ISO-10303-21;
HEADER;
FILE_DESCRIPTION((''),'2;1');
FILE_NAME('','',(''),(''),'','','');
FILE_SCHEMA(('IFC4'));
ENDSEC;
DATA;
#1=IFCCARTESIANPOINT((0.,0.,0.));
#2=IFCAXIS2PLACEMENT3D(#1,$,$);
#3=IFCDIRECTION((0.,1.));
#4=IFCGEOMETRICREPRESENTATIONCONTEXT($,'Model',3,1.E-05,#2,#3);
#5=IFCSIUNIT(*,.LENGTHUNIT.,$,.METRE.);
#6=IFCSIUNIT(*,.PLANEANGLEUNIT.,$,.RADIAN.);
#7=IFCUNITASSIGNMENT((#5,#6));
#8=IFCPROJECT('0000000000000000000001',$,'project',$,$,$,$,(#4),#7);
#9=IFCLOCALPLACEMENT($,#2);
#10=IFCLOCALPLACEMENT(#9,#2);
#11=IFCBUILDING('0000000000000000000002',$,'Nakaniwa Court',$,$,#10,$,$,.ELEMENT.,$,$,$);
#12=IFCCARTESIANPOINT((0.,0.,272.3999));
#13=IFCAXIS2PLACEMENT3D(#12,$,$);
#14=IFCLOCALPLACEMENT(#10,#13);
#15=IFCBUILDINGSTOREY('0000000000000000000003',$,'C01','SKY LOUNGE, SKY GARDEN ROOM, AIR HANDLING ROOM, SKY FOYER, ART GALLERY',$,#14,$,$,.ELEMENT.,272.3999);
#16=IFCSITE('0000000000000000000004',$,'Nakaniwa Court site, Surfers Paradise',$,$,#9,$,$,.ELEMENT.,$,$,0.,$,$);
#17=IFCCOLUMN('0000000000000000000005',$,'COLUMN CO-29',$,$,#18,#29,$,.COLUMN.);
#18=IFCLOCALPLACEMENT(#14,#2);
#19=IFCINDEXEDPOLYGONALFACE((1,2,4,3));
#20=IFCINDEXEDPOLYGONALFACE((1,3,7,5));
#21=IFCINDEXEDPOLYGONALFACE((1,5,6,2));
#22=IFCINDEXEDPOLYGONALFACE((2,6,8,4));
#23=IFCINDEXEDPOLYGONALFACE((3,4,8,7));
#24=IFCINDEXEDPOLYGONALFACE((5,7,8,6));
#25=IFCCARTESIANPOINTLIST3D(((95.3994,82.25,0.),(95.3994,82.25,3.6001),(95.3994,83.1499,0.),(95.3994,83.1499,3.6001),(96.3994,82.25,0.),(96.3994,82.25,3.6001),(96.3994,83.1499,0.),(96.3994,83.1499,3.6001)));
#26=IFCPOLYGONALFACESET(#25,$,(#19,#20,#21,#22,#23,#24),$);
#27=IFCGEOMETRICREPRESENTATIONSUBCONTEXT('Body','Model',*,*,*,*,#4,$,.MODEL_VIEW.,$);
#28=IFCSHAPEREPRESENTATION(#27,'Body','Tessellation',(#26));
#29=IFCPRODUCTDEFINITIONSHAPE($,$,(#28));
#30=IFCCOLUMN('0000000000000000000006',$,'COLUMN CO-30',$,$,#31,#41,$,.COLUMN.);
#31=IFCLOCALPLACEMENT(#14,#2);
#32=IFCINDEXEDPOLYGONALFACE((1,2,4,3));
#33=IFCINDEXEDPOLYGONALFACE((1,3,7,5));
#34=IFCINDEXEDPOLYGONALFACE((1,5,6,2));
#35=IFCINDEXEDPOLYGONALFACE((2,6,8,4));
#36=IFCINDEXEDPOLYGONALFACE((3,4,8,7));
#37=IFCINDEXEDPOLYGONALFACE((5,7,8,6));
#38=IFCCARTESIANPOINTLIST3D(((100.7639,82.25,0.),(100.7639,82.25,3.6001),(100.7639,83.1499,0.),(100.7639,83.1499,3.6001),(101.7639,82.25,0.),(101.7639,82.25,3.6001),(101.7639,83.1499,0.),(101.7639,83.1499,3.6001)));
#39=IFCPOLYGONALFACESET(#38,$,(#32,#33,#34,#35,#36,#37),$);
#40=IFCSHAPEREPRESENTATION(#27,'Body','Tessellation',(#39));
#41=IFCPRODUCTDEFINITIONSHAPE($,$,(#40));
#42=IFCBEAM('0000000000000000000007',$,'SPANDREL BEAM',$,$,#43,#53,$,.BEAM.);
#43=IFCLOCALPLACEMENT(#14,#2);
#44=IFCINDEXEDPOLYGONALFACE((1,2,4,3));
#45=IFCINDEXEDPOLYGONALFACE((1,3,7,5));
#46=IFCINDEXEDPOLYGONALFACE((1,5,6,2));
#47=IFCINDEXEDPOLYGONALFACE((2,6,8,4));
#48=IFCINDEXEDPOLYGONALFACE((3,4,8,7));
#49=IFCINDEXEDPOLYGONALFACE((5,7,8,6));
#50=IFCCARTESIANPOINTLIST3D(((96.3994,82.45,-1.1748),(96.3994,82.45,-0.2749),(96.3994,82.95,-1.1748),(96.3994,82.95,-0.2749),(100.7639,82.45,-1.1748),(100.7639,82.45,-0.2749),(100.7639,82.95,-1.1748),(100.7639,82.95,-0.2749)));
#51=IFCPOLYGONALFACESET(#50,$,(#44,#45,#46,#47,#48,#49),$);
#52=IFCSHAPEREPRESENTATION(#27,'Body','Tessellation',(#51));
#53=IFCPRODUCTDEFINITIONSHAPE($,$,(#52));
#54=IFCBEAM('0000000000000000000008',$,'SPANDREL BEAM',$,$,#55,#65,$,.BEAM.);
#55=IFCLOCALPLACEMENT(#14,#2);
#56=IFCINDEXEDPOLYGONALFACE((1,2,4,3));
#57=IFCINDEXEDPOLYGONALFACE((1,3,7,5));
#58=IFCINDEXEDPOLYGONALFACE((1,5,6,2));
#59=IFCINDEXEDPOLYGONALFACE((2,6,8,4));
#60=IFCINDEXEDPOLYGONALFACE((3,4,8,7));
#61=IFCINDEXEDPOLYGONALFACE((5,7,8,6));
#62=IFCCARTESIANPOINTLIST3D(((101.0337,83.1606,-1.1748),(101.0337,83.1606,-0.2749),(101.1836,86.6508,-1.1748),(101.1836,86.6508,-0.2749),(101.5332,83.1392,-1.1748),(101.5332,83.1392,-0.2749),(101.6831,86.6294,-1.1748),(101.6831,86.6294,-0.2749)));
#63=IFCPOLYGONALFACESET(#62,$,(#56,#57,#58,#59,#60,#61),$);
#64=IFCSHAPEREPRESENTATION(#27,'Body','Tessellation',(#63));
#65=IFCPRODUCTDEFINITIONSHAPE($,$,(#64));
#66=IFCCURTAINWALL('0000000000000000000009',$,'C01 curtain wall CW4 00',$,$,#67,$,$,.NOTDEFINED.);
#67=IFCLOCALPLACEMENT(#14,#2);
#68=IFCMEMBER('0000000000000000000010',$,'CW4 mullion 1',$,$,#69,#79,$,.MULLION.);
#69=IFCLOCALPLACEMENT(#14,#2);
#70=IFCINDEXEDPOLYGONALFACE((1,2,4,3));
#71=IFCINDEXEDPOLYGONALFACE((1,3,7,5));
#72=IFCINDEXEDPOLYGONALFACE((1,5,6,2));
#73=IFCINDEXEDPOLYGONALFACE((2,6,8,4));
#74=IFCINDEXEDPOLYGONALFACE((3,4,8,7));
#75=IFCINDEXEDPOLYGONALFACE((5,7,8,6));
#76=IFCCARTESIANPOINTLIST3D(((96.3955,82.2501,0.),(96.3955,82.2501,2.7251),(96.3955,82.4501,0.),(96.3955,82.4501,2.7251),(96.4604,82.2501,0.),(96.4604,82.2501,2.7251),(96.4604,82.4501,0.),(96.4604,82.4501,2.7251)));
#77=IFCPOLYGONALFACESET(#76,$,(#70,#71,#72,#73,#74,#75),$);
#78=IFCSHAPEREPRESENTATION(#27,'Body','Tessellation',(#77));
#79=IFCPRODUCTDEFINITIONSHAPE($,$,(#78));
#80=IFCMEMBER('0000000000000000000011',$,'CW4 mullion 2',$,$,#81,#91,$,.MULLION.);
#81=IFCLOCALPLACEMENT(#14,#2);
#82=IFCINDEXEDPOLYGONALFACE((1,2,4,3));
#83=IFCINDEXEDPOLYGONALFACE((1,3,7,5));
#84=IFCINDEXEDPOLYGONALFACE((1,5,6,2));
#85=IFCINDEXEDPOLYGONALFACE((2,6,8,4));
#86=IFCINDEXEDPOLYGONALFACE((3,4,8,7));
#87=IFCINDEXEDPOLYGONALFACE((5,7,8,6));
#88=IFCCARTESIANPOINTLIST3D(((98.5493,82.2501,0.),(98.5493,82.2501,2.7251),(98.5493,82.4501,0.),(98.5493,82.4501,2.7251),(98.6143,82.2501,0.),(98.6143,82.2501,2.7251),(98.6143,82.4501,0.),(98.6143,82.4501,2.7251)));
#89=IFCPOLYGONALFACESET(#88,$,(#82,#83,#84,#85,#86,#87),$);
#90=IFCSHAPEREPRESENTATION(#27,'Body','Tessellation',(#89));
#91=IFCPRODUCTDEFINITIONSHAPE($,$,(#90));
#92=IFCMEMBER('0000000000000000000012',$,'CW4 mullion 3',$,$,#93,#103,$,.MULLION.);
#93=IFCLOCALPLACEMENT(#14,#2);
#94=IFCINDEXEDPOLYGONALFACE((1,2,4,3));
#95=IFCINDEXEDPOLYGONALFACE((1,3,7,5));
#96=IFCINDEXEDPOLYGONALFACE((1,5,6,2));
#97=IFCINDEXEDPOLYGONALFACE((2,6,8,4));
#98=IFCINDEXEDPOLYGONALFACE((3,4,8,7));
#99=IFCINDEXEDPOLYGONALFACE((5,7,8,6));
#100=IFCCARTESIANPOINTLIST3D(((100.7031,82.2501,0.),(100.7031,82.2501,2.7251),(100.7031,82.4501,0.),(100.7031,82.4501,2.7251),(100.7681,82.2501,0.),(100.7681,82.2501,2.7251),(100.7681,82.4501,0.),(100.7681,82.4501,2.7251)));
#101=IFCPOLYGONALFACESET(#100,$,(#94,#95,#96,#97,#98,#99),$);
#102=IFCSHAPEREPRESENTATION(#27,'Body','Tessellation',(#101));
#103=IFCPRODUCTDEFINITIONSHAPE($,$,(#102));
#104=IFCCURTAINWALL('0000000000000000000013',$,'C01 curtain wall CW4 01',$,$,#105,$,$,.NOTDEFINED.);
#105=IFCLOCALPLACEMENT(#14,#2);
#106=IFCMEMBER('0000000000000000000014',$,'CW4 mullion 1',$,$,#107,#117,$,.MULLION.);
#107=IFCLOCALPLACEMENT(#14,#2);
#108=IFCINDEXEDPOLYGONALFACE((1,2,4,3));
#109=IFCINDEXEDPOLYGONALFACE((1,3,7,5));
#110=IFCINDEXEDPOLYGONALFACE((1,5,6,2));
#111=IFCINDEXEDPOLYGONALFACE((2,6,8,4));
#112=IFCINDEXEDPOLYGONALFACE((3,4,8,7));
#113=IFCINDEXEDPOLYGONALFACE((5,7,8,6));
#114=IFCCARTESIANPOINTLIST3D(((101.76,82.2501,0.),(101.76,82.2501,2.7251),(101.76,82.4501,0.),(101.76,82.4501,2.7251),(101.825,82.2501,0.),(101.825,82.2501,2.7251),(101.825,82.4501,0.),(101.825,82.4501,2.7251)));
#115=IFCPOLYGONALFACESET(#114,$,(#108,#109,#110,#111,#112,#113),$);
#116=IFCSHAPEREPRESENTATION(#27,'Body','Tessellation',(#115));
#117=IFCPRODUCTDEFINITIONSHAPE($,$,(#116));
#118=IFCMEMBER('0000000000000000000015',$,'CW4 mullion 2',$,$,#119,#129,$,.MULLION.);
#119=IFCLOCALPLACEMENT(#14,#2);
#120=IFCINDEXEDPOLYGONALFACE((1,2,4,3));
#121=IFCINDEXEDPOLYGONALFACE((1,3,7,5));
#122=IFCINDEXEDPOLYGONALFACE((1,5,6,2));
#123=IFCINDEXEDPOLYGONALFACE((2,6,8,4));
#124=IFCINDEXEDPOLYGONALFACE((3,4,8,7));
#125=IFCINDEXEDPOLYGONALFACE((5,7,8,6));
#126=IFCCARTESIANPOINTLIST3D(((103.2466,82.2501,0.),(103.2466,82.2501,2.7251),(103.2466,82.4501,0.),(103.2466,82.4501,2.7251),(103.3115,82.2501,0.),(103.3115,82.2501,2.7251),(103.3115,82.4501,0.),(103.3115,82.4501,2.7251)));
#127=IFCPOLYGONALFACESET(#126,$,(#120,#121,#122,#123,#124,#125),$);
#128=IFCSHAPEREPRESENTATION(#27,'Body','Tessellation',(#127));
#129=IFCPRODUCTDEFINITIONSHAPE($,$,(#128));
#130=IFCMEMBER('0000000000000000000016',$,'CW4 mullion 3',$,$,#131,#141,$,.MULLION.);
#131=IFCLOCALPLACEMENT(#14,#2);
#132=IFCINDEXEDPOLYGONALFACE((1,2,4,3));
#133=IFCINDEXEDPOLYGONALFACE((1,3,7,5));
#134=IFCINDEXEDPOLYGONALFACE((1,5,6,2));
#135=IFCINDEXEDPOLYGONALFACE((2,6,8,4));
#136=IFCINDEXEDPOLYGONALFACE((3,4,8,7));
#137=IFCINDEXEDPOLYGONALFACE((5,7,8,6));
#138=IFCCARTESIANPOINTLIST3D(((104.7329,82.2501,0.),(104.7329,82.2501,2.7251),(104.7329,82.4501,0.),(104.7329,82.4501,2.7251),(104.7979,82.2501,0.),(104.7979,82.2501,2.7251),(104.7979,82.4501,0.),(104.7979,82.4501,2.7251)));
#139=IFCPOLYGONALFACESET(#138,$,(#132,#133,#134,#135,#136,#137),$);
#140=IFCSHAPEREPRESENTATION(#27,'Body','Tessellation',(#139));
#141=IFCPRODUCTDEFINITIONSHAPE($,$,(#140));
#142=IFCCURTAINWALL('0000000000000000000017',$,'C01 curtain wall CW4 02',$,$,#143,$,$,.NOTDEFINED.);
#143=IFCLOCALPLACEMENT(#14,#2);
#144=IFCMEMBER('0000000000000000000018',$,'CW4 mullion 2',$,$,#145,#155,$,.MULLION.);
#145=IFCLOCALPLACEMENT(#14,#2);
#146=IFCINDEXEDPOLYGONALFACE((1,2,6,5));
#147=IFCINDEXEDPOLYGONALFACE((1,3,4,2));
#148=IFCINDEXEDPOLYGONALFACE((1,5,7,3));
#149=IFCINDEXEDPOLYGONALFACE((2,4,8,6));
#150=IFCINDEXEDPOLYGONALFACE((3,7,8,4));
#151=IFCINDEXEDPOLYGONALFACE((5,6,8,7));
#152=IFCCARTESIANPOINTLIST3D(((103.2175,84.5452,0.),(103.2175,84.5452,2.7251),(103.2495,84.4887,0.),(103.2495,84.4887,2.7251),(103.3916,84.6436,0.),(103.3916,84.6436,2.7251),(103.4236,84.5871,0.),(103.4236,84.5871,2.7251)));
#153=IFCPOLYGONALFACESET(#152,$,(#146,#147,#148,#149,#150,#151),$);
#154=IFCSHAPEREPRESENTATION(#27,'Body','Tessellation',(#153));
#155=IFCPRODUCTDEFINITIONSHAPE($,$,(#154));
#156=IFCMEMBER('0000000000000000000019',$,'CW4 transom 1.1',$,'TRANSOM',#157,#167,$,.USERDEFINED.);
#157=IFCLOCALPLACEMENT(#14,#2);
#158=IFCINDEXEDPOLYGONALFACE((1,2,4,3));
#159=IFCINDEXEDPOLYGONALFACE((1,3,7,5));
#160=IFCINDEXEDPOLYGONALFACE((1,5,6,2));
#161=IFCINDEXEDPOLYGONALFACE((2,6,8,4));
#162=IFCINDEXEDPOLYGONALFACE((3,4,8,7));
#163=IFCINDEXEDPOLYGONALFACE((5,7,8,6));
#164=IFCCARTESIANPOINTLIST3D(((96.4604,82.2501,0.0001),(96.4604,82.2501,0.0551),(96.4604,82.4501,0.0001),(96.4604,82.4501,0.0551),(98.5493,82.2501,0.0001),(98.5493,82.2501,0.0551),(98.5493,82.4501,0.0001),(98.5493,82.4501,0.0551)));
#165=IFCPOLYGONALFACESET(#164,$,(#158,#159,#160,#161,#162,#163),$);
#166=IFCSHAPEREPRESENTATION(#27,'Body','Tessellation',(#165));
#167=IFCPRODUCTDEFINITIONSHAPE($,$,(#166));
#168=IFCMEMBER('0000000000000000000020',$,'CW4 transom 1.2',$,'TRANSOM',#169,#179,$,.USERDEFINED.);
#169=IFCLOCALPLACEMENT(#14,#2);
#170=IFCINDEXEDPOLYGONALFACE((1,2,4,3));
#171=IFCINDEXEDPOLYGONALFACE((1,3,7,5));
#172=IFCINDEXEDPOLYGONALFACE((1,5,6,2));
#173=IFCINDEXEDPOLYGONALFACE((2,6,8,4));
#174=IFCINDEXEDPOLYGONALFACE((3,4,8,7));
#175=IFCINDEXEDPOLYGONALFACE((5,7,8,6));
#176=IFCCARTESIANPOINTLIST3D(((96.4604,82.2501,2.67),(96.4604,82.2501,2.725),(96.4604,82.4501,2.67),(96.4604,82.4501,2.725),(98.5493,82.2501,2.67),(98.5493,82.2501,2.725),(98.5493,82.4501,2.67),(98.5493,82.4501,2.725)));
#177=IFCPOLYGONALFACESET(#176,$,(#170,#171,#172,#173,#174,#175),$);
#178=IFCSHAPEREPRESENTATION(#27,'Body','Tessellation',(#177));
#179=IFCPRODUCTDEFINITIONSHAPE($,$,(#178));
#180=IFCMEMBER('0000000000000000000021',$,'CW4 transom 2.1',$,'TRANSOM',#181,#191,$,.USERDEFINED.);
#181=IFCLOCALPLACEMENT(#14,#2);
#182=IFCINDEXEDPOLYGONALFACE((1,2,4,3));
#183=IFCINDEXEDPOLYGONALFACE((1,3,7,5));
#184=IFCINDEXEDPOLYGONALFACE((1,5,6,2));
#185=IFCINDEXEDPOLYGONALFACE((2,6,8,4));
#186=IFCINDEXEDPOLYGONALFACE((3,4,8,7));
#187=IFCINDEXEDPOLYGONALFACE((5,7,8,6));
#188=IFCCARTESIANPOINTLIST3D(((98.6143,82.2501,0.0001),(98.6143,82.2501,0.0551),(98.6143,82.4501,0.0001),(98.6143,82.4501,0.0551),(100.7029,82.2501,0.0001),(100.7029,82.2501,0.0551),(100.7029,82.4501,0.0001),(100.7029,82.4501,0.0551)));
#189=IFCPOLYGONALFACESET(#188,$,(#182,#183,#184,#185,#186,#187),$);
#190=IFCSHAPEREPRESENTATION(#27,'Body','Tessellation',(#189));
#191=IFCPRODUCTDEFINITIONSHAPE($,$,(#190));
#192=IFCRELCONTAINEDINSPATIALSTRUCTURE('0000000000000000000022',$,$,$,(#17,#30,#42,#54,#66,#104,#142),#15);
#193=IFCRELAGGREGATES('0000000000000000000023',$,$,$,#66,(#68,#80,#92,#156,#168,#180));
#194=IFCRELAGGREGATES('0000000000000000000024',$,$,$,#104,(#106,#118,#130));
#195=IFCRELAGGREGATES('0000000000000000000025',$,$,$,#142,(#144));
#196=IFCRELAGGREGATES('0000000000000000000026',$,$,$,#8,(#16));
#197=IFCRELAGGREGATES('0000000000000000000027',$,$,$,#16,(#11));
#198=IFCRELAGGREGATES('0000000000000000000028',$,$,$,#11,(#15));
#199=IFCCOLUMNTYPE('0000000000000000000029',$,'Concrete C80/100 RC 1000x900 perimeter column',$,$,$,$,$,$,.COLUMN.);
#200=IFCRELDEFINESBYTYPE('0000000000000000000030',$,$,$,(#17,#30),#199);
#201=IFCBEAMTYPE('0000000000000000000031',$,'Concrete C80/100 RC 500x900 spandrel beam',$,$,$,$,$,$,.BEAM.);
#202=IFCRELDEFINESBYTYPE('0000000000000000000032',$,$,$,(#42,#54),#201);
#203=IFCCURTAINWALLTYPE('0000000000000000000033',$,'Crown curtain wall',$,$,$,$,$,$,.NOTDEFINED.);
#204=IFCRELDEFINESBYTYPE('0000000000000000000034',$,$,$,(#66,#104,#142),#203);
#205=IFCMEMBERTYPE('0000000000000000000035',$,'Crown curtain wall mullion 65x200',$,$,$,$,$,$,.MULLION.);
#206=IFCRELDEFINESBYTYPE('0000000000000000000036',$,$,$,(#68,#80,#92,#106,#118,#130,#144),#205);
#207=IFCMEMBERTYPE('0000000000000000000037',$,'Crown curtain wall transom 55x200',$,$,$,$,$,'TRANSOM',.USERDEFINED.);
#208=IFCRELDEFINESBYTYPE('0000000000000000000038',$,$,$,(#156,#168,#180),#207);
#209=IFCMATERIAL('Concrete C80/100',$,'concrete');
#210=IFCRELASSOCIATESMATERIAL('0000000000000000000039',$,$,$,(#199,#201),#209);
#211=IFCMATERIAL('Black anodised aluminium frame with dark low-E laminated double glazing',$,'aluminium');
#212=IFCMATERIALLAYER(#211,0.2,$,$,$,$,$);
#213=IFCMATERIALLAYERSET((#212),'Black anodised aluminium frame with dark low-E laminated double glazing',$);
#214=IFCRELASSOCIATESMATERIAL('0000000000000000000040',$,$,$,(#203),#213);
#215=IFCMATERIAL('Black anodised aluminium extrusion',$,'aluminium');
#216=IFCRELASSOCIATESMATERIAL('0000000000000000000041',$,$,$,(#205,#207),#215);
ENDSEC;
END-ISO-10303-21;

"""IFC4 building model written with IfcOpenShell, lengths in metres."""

from ifc_helpers import new_model, si_unit, direction, frame, origin, origin_2d, place, context, subcontext, project, spatial, rectangle, extrude, material, layer, layer_set, material_profile, profile_set, type_object, element, aggregate, save


model = new_model("IFC4")

# Units and contexts
model_context = context("Model", 3, precision=1e-05, world=origin(), true_north=direction((0.0, 1.0)))
body_context = subcontext(model_context, "Body", "Model", "MODEL_VIEW")
ifc_project = project(units=[si_unit("LENGTHUNIT", "METRE"), si_unit("PLANEANGLEUNIT", "RADIAN")], contexts=[model_context])

# Site, building, storey
site_placement = place(None, origin())
site = spatial("IfcSite", under=ifc_project, at=site_placement, Name="Nakaniwa Court site, Surfers Paradise", CompositionType="ELEMENT", RefElevation=0.0)
building_placement = place(site_placement, origin())
building = spatial("IfcBuilding", under=site, at=building_placement, Name="Nakaniwa Court", CompositionType="ELEMENT")
storey_placement = place(building_placement, frame((0.0, 0.0, 272.3999)))
storey = spatial("IfcBuildingStorey", under=building, at=storey_placement, Name="C01", Description="SKY LOUNGE, SKY GARDEN ROOM, AIR HANDLING ROOM, SKY FOYER, ART GALLERY", CompositionType="ELEMENT", Elevation=272.3999)

# Columns
ifc_material_1 = material(Name="Concrete C80/100", Category="concrete")
ifc_material_profile_1 = material_profile(ifc_material_1, rectangle(XDim=1.0, YDim=0.8999, at=origin_2d()), Name="Concrete C80/100 RC 1000x900 perimeter column")
ifc_profile_set_1 = profile_set([ifc_material_profile_1], Name="Concrete C80/100")
column_type = type_object("IfcColumnType", Name="Concrete C80/100 RC 1000x900 perimeter column", PredefinedType="COLUMN", material=ifc_profile_set_1)
for number, where, z_axis, x_axis, name in (
    (1, (95.8994, 82.7, 0.0), (0.0, 0.0, 1.0), (1.0, 0.0, 0.0), "COLUMN CO-29"),
    (2, (101.2639, 82.7, 0.0), (0.0, 0.0, 1.0), (1.0, 0.0, 0.0), "COLUMN CO-30"),
):
    element("IfcColumn", number, at=place(storey_placement, frame(where, z_axis=z_axis, x_axis=x_axis)), inside=storey, type_object=column_type, Name=name, PredefinedType="COLUMN", context=body_context, shape_type="SweptSolid", body=[
        extrude(rectangle(XDim=1.0, YDim=0.8999, at=origin_2d()), origin(), (0.0, 0.0, 1.0), 3.6001),
    ])

# Beams
ifc_material_profile_2 = material_profile(ifc_material_1, rectangle(XDim=0.5, YDim=0.8999, at=origin_2d()), Name="Concrete C80/100 RC 500x900 spandrel beam")
ifc_profile_set_2 = profile_set([ifc_material_profile_2], Name="Concrete C80/100")
beam_type = type_object("IfcBeamType", Name="Concrete C80/100 RC 500x900 spandrel beam", PredefinedType="BEAM", material=ifc_profile_set_2)
beam_1_placement = place(storey_placement, frame((96.3994, 82.7, -0.7249), z_axis=(1.0, 0.0, 0.0), x_axis=(0.0, 1.0, 0.0)))
element("IfcBeam", 3, at=beam_1_placement, inside=storey, type_object=beam_type, Name="SPANDREL BEAM", PredefinedType="BEAM", context=body_context, shape_type="SweptSolid", body=[
    extrude(rectangle(XDim=0.5, YDim=0.8999, at=origin_2d()), origin(), (0.0, 0.0, 1.0), 4.3645),
])
beam_2_placement = place(storey_placement, frame((101.2834, 83.1499, -0.7249), z_axis=(0.04291, 0.999079, 0.0), x_axis=(-0.999079, 0.04291, 0.0)))
element("IfcBeam", 4, at=beam_2_placement, inside=storey, type_object=beam_type, Name="SPANDREL BEAM", PredefinedType="BEAM", context=body_context, shape_type="SweptSolid", body=[
    extrude(rectangle(XDim=0.5, YDim=0.8999, at=origin_2d()), origin(), (0.0, 0.0, 1.0), 3.4934),
])

# Curtain walls, members
ifc_material_2 = material(Name="Black anodised aluminium frame with dark low-E laminated double glazing", Category="aluminium")
ifc_layer_1 = layer(ifc_material_2, 0.2)
ifc_layer_set_1 = layer_set([ifc_layer_1], Name="Black anodised aluminium frame with dark low-E laminated double glazing")
curtain_wall_type = type_object("IfcCurtainWallType", Name="Crown curtain wall", PredefinedType="NOTDEFINED", material=ifc_layer_set_1)
curtain_wall_1_placement = place(storey_placement, origin())
curtain_wall_1 = element("IfcCurtainWall", 5, at=curtain_wall_1_placement, inside=storey, type_object=curtain_wall_type, Name="C01 curtain wall CW4 00", PredefinedType="NOTDEFINED")
ifc_material_3 = material(Name="Black anodised aluminium extrusion", Category="aluminium")
ifc_material_profile_3 = material_profile(ifc_material_3, rectangle(XDim=0.2, YDim=0.0649, at=origin_2d()), Name="Crown curtain wall mullion 65x200")
ifc_profile_set_3 = profile_set([ifc_material_profile_3], Name="Black anodised aluminium extrusion")
member_type_1 = type_object("IfcMemberType", Name="Crown curtain wall mullion 65x200", PredefinedType="MULLION", material=ifc_profile_set_3)
member_1_placement = place(storey_placement, frame((96.428, 82.3501, 0.0), z_axis=(0.0, 0.0, 1.0), x_axis=(0.0, 1.0, 0.0)))
member_1 = element("IfcMember", 6, at=member_1_placement, type_object=member_type_1, Name="CW4 mullion 1", PredefinedType="MULLION", context=body_context, shape_type="SweptSolid", body=[
    extrude(rectangle(XDim=0.2, YDim=0.0649, at=origin_2d()), origin(), (0.0, 0.0, 1.0), 2.7251),
])
member_2_placement = place(storey_placement, frame((98.5818, 82.3501, 0.0), z_axis=(0.0, 0.0, 1.0), x_axis=(0.0, 1.0, 0.0)))
member_2 = element("IfcMember", 7, at=member_2_placement, type_object=member_type_1, Name="CW4 mullion 2", PredefinedType="MULLION", context=body_context, shape_type="SweptSolid", body=[
    extrude(rectangle(XDim=0.2, YDim=0.0649, at=origin_2d()), origin(), (0.0, 0.0, 1.0), 2.7251),
])
member_3_placement = place(storey_placement, frame((100.7356, 82.3501, 0.0), z_axis=(0.0, 0.0, 1.0), x_axis=(0.0, 1.0, 0.0)))
member_3 = element("IfcMember", 8, at=member_3_placement, type_object=member_type_1, Name="CW4 mullion 3", PredefinedType="MULLION", context=body_context, shape_type="SweptSolid", body=[
    extrude(rectangle(XDim=0.2, YDim=0.0649, at=origin_2d()), origin(), (0.0, 0.0, 1.0), 2.7251),
])
curtain_wall_2_placement = place(storey_placement, origin())
curtain_wall_2 = element("IfcCurtainWall", 9, at=curtain_wall_2_placement, inside=storey, type_object=curtain_wall_type, Name="C01 curtain wall CW4 01", PredefinedType="NOTDEFINED")
member_4_placement = place(storey_placement, frame((101.7925, 82.3501, 0.0), z_axis=(0.0, 0.0, 1.0), x_axis=(0.0, 1.0, 0.0)))
member_4 = element("IfcMember", 10, at=member_4_placement, type_object=member_type_1, Name="CW4 mullion 1", PredefinedType="MULLION", context=body_context, shape_type="SweptSolid", body=[
    extrude(rectangle(XDim=0.2, YDim=0.0649, at=origin_2d()), origin(), (0.0, 0.0, 1.0), 2.7251),
])
member_5_placement = place(storey_placement, frame((103.2791, 82.3501, 0.0), z_axis=(0.0, 0.0, 1.0), x_axis=(0.0, 1.0, 0.0)))
member_5 = element("IfcMember", 11, at=member_5_placement, type_object=member_type_1, Name="CW4 mullion 2", PredefinedType="MULLION", context=body_context, shape_type="SweptSolid", body=[
    extrude(rectangle(XDim=0.2, YDim=0.0649, at=origin_2d()), origin(), (0.0, 0.0, 1.0), 2.7251),
])
member_6_placement = place(storey_placement, frame((104.7654, 82.3501, 0.0), z_axis=(0.0, 0.0, 1.0), x_axis=(0.0, 1.0, 0.0)))
member_6 = element("IfcMember", 12, at=member_6_placement, type_object=member_type_1, Name="CW4 mullion 3", PredefinedType="MULLION", context=body_context, shape_type="SweptSolid", body=[
    extrude(rectangle(XDim=0.2, YDim=0.0649, at=origin_2d()), origin(), (0.0, 0.0, 1.0), 2.7251),
])

# Curtain wall, member
curtain_wall_3_placement = place(storey_placement, origin())
curtain_wall_3 = element("IfcCurtainWall", 13, at=curtain_wall_3_placement, inside=storey, type_object=curtain_wall_type, Name="C01 curtain wall CW4 02", PredefinedType="NOTDEFINED")
member_7_placement = place(storey_placement, frame((103.3206, 84.5662, 0.0), z_axis=(0.0, 0.0, 1.0), x_axis=(-0.870495, -0.492177, 0.0)))
member_7 = element("IfcMember", 14, at=member_7_placement, type_object=member_type_1, Name="CW4 mullion 2", PredefinedType="MULLION", context=body_context, shape_type="SweptSolid", body=[
    extrude(rectangle(XDim=0.2, YDim=0.0649, at=origin_2d()), origin(), (0.0, 0.0, 1.0), 2.7251),
])

# Members
ifc_material_profile_4 = material_profile(ifc_material_3, rectangle(XDim=0.2, YDim=0.0549, at=origin_2d()), Name="Crown curtain wall transom 55x200")
ifc_profile_set_4 = profile_set([ifc_material_profile_4], Name="Black anodised aluminium extrusion")
member_type_2 = type_object("IfcMemberType", Name="Crown curtain wall transom 55x200", ElementType="TRANSOM", PredefinedType="USERDEFINED", material=ifc_profile_set_4)
member_8_placement = place(storey_placement, frame((96.4604, 82.3501, 0.0276), z_axis=(1.0, 0.0, 0.0), x_axis=(0.0, 1.0, 0.0)))
member_8 = element("IfcMember", 15, at=member_8_placement, type_object=member_type_2, Name="CW4 transom 1.1", ObjectType="TRANSOM", PredefinedType="USERDEFINED", context=body_context, shape_type="SweptSolid", body=[
    extrude(rectangle(XDim=0.2, YDim=0.0549, at=origin_2d()), origin(), (0.0, 0.0, 1.0), 2.0889),
])
member_9_placement = place(storey_placement, frame((96.4604, 82.3501, 2.6975), z_axis=(1.0, 0.0, 0.0), x_axis=(0.0, 1.0, 0.0)))
member_9 = element("IfcMember", 16, at=member_9_placement, type_object=member_type_2, Name="CW4 transom 1.2", ObjectType="TRANSOM", PredefinedType="USERDEFINED", context=body_context, shape_type="SweptSolid", body=[
    extrude(rectangle(XDim=0.2, YDim=0.0549, at=origin_2d()), origin(), (0.0, 0.0, 1.0), 2.0889),
])
member_10_placement = place(storey_placement, frame((98.6143, 82.3501, 0.0276), z_axis=(1.0, 0.0, 0.0), x_axis=(0.0, 1.0, 0.0)))
member_10 = element("IfcMember", 17, at=member_10_placement, type_object=member_type_2, Name="CW4 transom 2.1", ObjectType="TRANSOM", PredefinedType="USERDEFINED", context=body_context, shape_type="SweptSolid", body=[
    extrude(rectangle(XDim=0.2, YDim=0.0549, at=origin_2d()), origin(), (0.0, 0.0, 1.0), 2.0886),
])

aggregate(curtain_wall_1, [member_1, member_2, member_3, member_8, member_9, member_10])
aggregate(curtain_wall_2, [member_4, member_5, member_6])
aggregate(curtain_wall_3, [member_7])

save(model, "model.ifc")
